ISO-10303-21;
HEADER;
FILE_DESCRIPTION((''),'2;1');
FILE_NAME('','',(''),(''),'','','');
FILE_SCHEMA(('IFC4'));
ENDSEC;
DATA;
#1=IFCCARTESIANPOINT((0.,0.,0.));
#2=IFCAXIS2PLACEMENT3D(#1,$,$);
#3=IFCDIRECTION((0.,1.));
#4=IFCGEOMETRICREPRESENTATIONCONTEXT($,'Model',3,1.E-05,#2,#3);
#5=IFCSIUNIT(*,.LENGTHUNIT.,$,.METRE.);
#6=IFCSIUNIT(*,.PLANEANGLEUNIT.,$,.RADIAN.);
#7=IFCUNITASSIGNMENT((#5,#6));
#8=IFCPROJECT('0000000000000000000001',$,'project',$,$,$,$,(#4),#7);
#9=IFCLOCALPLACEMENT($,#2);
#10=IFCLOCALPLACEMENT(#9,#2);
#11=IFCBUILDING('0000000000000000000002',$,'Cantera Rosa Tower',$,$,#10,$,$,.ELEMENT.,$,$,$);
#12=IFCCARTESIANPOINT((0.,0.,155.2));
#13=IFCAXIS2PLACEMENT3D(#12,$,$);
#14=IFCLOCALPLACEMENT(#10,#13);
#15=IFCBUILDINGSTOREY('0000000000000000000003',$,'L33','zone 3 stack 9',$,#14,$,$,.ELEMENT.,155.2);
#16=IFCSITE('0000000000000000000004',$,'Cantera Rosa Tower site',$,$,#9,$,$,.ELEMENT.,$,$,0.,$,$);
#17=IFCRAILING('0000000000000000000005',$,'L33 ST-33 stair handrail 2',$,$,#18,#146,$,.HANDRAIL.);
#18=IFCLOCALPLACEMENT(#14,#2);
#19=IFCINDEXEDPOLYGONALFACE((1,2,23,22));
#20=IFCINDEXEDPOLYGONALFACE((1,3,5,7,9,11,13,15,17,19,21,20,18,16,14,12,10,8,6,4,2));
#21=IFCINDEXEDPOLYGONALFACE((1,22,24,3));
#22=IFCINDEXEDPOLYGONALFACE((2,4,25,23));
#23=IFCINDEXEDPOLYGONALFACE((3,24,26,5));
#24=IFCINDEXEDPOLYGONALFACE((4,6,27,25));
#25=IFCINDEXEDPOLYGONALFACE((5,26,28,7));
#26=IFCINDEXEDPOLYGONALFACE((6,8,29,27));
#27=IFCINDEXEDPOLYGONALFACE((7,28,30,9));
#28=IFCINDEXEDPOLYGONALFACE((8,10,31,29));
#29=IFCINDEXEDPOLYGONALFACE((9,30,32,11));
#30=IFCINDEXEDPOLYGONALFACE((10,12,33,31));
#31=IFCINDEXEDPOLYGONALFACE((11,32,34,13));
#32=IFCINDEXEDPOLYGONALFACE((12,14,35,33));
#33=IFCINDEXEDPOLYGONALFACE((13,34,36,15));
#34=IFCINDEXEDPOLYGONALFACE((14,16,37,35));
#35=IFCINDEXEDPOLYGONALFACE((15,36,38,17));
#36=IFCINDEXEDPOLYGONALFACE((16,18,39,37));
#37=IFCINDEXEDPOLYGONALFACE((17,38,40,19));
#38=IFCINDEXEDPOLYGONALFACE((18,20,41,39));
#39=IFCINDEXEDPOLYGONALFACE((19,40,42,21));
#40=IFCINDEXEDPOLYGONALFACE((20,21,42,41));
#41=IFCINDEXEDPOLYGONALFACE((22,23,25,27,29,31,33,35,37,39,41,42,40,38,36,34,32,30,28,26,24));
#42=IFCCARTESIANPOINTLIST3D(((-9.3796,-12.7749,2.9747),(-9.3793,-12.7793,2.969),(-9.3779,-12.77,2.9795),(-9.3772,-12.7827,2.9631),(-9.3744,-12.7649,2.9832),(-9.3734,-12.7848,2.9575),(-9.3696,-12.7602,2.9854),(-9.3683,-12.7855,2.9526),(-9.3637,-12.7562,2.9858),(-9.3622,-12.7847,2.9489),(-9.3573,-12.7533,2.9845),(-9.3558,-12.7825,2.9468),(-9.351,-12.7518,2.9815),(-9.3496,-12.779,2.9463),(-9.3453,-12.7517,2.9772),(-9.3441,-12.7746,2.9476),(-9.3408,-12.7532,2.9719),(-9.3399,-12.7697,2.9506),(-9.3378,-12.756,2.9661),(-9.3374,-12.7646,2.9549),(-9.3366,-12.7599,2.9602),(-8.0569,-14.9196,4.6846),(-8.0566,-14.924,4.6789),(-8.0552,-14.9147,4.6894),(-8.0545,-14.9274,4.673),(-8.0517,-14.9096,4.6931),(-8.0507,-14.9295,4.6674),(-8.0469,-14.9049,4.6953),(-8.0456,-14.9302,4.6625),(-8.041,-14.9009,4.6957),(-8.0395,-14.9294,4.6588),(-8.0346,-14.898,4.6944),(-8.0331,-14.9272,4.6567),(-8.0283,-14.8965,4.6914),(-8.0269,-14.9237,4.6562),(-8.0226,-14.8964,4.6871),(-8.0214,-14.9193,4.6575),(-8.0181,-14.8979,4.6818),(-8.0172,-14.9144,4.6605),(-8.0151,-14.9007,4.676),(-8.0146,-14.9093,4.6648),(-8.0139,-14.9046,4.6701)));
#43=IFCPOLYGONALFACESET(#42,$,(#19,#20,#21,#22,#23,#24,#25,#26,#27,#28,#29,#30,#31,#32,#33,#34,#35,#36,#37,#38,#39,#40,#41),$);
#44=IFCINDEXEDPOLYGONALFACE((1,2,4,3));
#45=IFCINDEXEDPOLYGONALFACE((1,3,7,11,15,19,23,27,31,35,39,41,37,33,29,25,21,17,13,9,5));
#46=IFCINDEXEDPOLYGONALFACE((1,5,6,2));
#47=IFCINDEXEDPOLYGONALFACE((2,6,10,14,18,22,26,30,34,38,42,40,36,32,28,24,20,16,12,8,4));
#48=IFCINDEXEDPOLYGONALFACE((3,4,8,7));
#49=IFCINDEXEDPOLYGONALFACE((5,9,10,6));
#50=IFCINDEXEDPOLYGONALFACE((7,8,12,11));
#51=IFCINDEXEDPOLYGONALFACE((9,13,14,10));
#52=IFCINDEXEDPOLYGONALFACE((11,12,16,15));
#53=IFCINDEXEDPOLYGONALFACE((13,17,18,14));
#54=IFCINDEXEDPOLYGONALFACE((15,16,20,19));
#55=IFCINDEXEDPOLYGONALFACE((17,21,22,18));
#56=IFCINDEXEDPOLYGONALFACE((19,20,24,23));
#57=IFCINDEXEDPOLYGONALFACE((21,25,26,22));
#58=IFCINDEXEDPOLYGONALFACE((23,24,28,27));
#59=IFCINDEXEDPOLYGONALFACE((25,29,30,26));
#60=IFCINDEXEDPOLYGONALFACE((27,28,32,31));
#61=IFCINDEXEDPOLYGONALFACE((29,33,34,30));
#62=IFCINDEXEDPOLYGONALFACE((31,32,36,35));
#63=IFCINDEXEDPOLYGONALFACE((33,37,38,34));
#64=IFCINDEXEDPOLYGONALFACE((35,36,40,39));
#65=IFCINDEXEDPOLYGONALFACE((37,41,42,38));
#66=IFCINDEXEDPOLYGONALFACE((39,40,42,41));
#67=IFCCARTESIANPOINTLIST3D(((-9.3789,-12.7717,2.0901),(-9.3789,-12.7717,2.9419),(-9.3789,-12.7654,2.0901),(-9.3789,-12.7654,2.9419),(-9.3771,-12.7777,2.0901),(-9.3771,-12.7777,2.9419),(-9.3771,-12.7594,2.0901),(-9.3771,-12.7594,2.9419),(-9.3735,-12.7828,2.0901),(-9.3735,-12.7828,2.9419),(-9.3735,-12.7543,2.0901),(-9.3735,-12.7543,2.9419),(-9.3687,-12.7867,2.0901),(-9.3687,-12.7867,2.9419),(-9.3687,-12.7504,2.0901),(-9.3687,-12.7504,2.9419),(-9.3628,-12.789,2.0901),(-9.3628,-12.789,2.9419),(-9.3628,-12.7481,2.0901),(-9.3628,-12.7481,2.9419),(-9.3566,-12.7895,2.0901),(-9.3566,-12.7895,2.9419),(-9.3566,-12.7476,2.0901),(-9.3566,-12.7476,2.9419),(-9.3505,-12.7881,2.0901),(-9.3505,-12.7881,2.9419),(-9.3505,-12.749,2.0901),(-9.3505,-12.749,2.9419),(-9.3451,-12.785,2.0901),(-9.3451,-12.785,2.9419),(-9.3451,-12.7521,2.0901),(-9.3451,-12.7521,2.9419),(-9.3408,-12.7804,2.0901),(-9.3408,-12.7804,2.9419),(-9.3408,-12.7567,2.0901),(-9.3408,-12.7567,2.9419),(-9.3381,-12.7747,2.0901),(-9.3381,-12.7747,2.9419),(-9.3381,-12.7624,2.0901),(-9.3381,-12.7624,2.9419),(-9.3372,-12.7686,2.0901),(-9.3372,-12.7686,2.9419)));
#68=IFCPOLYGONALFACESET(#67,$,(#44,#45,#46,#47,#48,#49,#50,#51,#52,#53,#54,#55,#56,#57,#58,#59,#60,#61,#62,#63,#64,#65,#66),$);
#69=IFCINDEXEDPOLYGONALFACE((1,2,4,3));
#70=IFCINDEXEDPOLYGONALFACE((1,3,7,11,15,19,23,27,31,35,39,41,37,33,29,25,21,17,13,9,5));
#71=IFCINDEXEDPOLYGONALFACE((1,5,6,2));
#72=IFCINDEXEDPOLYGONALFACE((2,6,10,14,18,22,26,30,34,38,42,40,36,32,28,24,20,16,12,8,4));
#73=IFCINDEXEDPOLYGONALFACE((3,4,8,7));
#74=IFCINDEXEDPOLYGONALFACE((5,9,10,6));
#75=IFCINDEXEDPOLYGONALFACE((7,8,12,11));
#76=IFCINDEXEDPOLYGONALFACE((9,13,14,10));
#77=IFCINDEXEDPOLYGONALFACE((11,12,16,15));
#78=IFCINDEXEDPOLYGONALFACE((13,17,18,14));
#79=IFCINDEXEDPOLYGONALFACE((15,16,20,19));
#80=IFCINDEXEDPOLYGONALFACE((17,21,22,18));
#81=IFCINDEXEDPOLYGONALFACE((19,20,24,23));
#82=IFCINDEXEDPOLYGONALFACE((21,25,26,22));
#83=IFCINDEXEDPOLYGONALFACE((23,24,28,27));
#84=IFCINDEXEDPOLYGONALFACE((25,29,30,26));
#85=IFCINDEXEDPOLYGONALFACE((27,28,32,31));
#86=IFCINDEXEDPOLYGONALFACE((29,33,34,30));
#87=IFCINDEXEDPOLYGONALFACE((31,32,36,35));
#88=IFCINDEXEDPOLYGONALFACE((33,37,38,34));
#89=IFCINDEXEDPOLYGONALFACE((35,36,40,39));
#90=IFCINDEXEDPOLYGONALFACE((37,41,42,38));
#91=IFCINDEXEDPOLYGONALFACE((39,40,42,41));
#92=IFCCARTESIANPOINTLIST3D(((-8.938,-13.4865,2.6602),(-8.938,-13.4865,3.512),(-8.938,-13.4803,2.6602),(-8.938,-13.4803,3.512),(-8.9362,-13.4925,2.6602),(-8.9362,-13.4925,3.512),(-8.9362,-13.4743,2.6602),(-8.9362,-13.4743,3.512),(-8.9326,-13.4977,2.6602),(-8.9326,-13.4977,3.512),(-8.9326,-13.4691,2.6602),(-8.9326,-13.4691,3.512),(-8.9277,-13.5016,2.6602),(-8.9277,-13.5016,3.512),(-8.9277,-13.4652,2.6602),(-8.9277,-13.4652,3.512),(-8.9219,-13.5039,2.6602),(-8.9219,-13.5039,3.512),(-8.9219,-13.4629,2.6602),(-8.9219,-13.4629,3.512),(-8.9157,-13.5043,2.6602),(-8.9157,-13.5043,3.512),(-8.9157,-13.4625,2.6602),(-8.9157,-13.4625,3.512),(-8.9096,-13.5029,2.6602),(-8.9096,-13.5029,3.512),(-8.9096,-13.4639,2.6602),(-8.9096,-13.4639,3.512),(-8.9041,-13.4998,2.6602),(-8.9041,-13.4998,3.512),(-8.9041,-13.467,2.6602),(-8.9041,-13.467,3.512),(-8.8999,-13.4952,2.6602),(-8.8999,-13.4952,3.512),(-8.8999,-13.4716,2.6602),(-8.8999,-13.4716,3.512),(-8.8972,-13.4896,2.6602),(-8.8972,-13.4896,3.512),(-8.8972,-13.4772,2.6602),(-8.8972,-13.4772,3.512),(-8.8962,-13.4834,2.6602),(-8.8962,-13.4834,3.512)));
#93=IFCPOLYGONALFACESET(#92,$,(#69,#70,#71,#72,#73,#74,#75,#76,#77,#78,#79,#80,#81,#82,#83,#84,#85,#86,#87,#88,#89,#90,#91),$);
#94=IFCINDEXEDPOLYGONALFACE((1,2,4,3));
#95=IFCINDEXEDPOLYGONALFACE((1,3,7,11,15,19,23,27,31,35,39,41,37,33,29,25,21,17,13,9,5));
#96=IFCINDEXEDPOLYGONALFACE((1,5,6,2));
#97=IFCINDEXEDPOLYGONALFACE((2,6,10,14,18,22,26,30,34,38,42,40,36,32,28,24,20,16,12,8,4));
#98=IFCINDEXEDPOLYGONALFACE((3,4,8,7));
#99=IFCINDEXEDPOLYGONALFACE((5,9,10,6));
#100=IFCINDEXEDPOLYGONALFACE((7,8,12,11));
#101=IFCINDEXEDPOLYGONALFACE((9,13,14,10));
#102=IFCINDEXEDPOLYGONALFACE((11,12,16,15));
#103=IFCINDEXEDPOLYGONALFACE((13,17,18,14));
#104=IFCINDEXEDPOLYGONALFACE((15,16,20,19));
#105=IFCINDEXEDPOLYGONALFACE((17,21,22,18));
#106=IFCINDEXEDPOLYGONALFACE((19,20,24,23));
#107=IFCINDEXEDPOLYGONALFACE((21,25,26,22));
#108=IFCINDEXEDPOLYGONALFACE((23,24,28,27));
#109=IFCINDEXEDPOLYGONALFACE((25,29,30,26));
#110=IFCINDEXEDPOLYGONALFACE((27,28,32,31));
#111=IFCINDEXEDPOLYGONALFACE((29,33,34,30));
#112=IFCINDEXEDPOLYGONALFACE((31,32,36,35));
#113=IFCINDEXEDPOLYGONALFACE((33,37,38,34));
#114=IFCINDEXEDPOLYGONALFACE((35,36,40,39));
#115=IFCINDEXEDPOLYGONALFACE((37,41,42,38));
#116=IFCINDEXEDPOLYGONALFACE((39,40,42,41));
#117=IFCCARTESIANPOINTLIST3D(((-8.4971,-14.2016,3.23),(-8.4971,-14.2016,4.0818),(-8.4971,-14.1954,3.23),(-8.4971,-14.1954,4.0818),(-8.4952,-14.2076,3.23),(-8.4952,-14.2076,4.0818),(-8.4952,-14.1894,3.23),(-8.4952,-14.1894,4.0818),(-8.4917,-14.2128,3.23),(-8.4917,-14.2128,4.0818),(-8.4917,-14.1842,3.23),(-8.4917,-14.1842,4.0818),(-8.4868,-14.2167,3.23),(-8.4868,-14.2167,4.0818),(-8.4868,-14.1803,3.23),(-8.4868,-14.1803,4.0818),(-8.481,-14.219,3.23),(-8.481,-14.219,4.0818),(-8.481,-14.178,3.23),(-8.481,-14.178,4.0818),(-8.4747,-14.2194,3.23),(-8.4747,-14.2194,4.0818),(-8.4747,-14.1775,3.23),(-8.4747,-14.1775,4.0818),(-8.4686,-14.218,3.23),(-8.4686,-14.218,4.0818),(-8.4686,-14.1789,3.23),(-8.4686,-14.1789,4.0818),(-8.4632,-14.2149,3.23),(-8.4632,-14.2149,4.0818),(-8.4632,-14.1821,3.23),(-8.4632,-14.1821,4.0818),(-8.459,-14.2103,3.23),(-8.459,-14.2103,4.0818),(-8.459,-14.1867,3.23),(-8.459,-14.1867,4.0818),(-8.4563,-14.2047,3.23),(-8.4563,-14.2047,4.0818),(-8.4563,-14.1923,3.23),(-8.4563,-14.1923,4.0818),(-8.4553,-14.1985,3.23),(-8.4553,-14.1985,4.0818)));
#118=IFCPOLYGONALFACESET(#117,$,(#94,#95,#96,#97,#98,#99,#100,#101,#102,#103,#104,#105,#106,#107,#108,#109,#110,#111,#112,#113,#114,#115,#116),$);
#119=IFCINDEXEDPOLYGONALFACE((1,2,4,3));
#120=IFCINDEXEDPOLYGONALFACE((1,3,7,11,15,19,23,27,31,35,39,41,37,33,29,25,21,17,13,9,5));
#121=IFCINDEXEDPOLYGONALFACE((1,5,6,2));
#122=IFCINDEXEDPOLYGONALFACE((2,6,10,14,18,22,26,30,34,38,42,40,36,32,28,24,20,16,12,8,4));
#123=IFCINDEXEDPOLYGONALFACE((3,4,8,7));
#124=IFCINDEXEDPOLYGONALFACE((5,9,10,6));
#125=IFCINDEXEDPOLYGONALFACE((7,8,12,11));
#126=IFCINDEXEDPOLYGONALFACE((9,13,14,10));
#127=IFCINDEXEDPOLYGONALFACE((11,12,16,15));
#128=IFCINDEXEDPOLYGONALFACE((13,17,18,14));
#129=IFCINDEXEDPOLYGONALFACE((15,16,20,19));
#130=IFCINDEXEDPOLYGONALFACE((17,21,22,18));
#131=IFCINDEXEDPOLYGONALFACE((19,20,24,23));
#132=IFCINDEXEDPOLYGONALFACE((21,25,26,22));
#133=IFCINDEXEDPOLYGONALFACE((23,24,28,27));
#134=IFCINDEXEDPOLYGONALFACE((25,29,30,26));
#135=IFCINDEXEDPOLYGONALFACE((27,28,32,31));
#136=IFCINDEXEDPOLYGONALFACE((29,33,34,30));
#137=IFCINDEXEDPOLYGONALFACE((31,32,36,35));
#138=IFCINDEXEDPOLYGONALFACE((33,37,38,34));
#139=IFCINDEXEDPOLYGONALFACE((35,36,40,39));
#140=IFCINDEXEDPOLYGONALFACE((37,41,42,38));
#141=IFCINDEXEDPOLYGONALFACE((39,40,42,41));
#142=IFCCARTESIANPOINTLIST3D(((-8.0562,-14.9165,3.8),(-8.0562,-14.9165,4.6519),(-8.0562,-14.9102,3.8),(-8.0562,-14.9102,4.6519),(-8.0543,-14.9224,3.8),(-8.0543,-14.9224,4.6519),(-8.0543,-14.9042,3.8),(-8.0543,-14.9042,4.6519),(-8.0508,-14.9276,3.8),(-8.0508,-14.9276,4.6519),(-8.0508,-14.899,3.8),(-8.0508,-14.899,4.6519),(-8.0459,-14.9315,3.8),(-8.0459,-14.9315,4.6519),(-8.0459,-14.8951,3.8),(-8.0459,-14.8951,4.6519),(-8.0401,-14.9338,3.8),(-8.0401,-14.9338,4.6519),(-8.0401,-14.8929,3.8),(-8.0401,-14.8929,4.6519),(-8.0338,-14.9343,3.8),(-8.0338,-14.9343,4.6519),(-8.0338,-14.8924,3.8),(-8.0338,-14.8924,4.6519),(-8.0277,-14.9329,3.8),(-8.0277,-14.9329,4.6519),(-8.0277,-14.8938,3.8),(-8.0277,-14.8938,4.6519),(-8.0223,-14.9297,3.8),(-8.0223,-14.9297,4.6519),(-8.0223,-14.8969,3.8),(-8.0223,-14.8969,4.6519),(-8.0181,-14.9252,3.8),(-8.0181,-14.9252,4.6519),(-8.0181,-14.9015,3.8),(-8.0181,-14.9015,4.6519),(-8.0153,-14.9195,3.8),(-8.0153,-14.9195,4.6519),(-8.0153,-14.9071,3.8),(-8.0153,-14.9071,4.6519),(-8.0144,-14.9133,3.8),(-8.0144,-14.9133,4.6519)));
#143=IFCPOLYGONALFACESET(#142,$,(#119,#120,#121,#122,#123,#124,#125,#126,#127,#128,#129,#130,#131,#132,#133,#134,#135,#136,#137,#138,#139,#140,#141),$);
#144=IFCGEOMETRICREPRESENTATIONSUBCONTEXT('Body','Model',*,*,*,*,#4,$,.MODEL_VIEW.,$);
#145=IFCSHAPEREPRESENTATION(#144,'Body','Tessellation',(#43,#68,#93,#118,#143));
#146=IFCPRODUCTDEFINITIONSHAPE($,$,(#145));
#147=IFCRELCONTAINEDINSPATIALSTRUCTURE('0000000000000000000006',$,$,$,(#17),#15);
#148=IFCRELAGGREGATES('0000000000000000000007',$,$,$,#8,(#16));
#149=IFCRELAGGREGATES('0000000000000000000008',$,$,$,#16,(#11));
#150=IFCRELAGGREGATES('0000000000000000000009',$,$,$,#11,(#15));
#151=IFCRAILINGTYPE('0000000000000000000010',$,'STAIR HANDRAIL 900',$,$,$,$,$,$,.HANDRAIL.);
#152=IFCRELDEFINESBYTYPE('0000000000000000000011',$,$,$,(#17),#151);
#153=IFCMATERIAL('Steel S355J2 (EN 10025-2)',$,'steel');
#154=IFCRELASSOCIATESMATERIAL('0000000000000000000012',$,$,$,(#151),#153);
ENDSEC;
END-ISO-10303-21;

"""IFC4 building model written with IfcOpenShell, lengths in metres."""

from ifc_helpers import new_model, si_unit, direction, frame, origin, origin_2d, place, context, subcontext, project, spatial, circle, extrude, material, type_object, element, save


model = new_model("IFC4")

# Units and contexts
model_context = context("Model", 3, precision=1e-05, world=origin(), true_north=direction((0.0, 1.0)))
body_context = subcontext(model_context, "Body", "Model", "MODEL_VIEW")
ifc_project = project(units=[si_unit("LENGTHUNIT", "METRE"), si_unit("PLANEANGLEUNIT", "RADIAN")], contexts=[model_context])

# Site, building, storey
site_placement = place(None, origin())
site = spatial("IfcSite", under=ifc_project, at=site_placement, Name="Cantera Rosa Tower site", CompositionType="ELEMENT", RefElevation=0.0)
building_placement = place(site_placement, origin())
building = spatial("IfcBuilding", under=site, at=building_placement, Name="Cantera Rosa Tower", CompositionType="ELEMENT")
storey_placement = place(building_placement, frame((0.0, 0.0, 155.2)))
storey = spatial("IfcBuildingStorey", under=building, at=storey_placement, Name="L33", Description="zone 3 stack 9", CompositionType="ELEMENT", Elevation=155.2)

# Railing
ifc_material_1 = material(Name="Steel S355J2 (EN 10025-2)", Category="steel")
railing_type_1 = type_object("IfcRailingType", Name="STAIR HANDRAIL 900", PredefinedType="HANDRAIL", material=ifc_material_1)
railing_1_placement = place(storey_placement, frame((-9.3582, -12.7686, 2.0901)))
element("IfcRailing", 1, at=railing_1_placement, inside=storey, type_object=railing_type_1, Name="L33 ST-33 stair handrail 2", PredefinedType="HANDRAIL", context=body_context, shape_type="SweptSolid", body=[
    extrude(circle(Radius=0.0239, at=origin_2d()), frame((0.0, 0.0, 0.876), z_axis=(0.434363, -0.704296, 0.561513), x_axis=(0.851146, 0.52493, 0.0)), (0.0, 0.0, 1.0), 3.0452),
    extrude(circle(Radius=0.021, at=origin_2d()), origin(), (0.0, 0.0, 1.0), 0.8518),
    extrude(circle(Radius=0.021, at=origin_2d()), frame((0.4409, -0.7148, 0.5701)), (0.0, 0.0, 1.0), 0.8518),
    extrude(circle(Radius=0.021, at=origin_2d()), frame((0.8818, -1.4299, 1.1399)), (0.0, 0.0, 1.0), 0.8518),
    extrude(circle(Radius=0.021, at=origin_2d()), frame((1.3228, -2.1448, 1.71)), (0.0, 0.0, 1.0), 0.8518),
])

save(model, "model.ifc")
